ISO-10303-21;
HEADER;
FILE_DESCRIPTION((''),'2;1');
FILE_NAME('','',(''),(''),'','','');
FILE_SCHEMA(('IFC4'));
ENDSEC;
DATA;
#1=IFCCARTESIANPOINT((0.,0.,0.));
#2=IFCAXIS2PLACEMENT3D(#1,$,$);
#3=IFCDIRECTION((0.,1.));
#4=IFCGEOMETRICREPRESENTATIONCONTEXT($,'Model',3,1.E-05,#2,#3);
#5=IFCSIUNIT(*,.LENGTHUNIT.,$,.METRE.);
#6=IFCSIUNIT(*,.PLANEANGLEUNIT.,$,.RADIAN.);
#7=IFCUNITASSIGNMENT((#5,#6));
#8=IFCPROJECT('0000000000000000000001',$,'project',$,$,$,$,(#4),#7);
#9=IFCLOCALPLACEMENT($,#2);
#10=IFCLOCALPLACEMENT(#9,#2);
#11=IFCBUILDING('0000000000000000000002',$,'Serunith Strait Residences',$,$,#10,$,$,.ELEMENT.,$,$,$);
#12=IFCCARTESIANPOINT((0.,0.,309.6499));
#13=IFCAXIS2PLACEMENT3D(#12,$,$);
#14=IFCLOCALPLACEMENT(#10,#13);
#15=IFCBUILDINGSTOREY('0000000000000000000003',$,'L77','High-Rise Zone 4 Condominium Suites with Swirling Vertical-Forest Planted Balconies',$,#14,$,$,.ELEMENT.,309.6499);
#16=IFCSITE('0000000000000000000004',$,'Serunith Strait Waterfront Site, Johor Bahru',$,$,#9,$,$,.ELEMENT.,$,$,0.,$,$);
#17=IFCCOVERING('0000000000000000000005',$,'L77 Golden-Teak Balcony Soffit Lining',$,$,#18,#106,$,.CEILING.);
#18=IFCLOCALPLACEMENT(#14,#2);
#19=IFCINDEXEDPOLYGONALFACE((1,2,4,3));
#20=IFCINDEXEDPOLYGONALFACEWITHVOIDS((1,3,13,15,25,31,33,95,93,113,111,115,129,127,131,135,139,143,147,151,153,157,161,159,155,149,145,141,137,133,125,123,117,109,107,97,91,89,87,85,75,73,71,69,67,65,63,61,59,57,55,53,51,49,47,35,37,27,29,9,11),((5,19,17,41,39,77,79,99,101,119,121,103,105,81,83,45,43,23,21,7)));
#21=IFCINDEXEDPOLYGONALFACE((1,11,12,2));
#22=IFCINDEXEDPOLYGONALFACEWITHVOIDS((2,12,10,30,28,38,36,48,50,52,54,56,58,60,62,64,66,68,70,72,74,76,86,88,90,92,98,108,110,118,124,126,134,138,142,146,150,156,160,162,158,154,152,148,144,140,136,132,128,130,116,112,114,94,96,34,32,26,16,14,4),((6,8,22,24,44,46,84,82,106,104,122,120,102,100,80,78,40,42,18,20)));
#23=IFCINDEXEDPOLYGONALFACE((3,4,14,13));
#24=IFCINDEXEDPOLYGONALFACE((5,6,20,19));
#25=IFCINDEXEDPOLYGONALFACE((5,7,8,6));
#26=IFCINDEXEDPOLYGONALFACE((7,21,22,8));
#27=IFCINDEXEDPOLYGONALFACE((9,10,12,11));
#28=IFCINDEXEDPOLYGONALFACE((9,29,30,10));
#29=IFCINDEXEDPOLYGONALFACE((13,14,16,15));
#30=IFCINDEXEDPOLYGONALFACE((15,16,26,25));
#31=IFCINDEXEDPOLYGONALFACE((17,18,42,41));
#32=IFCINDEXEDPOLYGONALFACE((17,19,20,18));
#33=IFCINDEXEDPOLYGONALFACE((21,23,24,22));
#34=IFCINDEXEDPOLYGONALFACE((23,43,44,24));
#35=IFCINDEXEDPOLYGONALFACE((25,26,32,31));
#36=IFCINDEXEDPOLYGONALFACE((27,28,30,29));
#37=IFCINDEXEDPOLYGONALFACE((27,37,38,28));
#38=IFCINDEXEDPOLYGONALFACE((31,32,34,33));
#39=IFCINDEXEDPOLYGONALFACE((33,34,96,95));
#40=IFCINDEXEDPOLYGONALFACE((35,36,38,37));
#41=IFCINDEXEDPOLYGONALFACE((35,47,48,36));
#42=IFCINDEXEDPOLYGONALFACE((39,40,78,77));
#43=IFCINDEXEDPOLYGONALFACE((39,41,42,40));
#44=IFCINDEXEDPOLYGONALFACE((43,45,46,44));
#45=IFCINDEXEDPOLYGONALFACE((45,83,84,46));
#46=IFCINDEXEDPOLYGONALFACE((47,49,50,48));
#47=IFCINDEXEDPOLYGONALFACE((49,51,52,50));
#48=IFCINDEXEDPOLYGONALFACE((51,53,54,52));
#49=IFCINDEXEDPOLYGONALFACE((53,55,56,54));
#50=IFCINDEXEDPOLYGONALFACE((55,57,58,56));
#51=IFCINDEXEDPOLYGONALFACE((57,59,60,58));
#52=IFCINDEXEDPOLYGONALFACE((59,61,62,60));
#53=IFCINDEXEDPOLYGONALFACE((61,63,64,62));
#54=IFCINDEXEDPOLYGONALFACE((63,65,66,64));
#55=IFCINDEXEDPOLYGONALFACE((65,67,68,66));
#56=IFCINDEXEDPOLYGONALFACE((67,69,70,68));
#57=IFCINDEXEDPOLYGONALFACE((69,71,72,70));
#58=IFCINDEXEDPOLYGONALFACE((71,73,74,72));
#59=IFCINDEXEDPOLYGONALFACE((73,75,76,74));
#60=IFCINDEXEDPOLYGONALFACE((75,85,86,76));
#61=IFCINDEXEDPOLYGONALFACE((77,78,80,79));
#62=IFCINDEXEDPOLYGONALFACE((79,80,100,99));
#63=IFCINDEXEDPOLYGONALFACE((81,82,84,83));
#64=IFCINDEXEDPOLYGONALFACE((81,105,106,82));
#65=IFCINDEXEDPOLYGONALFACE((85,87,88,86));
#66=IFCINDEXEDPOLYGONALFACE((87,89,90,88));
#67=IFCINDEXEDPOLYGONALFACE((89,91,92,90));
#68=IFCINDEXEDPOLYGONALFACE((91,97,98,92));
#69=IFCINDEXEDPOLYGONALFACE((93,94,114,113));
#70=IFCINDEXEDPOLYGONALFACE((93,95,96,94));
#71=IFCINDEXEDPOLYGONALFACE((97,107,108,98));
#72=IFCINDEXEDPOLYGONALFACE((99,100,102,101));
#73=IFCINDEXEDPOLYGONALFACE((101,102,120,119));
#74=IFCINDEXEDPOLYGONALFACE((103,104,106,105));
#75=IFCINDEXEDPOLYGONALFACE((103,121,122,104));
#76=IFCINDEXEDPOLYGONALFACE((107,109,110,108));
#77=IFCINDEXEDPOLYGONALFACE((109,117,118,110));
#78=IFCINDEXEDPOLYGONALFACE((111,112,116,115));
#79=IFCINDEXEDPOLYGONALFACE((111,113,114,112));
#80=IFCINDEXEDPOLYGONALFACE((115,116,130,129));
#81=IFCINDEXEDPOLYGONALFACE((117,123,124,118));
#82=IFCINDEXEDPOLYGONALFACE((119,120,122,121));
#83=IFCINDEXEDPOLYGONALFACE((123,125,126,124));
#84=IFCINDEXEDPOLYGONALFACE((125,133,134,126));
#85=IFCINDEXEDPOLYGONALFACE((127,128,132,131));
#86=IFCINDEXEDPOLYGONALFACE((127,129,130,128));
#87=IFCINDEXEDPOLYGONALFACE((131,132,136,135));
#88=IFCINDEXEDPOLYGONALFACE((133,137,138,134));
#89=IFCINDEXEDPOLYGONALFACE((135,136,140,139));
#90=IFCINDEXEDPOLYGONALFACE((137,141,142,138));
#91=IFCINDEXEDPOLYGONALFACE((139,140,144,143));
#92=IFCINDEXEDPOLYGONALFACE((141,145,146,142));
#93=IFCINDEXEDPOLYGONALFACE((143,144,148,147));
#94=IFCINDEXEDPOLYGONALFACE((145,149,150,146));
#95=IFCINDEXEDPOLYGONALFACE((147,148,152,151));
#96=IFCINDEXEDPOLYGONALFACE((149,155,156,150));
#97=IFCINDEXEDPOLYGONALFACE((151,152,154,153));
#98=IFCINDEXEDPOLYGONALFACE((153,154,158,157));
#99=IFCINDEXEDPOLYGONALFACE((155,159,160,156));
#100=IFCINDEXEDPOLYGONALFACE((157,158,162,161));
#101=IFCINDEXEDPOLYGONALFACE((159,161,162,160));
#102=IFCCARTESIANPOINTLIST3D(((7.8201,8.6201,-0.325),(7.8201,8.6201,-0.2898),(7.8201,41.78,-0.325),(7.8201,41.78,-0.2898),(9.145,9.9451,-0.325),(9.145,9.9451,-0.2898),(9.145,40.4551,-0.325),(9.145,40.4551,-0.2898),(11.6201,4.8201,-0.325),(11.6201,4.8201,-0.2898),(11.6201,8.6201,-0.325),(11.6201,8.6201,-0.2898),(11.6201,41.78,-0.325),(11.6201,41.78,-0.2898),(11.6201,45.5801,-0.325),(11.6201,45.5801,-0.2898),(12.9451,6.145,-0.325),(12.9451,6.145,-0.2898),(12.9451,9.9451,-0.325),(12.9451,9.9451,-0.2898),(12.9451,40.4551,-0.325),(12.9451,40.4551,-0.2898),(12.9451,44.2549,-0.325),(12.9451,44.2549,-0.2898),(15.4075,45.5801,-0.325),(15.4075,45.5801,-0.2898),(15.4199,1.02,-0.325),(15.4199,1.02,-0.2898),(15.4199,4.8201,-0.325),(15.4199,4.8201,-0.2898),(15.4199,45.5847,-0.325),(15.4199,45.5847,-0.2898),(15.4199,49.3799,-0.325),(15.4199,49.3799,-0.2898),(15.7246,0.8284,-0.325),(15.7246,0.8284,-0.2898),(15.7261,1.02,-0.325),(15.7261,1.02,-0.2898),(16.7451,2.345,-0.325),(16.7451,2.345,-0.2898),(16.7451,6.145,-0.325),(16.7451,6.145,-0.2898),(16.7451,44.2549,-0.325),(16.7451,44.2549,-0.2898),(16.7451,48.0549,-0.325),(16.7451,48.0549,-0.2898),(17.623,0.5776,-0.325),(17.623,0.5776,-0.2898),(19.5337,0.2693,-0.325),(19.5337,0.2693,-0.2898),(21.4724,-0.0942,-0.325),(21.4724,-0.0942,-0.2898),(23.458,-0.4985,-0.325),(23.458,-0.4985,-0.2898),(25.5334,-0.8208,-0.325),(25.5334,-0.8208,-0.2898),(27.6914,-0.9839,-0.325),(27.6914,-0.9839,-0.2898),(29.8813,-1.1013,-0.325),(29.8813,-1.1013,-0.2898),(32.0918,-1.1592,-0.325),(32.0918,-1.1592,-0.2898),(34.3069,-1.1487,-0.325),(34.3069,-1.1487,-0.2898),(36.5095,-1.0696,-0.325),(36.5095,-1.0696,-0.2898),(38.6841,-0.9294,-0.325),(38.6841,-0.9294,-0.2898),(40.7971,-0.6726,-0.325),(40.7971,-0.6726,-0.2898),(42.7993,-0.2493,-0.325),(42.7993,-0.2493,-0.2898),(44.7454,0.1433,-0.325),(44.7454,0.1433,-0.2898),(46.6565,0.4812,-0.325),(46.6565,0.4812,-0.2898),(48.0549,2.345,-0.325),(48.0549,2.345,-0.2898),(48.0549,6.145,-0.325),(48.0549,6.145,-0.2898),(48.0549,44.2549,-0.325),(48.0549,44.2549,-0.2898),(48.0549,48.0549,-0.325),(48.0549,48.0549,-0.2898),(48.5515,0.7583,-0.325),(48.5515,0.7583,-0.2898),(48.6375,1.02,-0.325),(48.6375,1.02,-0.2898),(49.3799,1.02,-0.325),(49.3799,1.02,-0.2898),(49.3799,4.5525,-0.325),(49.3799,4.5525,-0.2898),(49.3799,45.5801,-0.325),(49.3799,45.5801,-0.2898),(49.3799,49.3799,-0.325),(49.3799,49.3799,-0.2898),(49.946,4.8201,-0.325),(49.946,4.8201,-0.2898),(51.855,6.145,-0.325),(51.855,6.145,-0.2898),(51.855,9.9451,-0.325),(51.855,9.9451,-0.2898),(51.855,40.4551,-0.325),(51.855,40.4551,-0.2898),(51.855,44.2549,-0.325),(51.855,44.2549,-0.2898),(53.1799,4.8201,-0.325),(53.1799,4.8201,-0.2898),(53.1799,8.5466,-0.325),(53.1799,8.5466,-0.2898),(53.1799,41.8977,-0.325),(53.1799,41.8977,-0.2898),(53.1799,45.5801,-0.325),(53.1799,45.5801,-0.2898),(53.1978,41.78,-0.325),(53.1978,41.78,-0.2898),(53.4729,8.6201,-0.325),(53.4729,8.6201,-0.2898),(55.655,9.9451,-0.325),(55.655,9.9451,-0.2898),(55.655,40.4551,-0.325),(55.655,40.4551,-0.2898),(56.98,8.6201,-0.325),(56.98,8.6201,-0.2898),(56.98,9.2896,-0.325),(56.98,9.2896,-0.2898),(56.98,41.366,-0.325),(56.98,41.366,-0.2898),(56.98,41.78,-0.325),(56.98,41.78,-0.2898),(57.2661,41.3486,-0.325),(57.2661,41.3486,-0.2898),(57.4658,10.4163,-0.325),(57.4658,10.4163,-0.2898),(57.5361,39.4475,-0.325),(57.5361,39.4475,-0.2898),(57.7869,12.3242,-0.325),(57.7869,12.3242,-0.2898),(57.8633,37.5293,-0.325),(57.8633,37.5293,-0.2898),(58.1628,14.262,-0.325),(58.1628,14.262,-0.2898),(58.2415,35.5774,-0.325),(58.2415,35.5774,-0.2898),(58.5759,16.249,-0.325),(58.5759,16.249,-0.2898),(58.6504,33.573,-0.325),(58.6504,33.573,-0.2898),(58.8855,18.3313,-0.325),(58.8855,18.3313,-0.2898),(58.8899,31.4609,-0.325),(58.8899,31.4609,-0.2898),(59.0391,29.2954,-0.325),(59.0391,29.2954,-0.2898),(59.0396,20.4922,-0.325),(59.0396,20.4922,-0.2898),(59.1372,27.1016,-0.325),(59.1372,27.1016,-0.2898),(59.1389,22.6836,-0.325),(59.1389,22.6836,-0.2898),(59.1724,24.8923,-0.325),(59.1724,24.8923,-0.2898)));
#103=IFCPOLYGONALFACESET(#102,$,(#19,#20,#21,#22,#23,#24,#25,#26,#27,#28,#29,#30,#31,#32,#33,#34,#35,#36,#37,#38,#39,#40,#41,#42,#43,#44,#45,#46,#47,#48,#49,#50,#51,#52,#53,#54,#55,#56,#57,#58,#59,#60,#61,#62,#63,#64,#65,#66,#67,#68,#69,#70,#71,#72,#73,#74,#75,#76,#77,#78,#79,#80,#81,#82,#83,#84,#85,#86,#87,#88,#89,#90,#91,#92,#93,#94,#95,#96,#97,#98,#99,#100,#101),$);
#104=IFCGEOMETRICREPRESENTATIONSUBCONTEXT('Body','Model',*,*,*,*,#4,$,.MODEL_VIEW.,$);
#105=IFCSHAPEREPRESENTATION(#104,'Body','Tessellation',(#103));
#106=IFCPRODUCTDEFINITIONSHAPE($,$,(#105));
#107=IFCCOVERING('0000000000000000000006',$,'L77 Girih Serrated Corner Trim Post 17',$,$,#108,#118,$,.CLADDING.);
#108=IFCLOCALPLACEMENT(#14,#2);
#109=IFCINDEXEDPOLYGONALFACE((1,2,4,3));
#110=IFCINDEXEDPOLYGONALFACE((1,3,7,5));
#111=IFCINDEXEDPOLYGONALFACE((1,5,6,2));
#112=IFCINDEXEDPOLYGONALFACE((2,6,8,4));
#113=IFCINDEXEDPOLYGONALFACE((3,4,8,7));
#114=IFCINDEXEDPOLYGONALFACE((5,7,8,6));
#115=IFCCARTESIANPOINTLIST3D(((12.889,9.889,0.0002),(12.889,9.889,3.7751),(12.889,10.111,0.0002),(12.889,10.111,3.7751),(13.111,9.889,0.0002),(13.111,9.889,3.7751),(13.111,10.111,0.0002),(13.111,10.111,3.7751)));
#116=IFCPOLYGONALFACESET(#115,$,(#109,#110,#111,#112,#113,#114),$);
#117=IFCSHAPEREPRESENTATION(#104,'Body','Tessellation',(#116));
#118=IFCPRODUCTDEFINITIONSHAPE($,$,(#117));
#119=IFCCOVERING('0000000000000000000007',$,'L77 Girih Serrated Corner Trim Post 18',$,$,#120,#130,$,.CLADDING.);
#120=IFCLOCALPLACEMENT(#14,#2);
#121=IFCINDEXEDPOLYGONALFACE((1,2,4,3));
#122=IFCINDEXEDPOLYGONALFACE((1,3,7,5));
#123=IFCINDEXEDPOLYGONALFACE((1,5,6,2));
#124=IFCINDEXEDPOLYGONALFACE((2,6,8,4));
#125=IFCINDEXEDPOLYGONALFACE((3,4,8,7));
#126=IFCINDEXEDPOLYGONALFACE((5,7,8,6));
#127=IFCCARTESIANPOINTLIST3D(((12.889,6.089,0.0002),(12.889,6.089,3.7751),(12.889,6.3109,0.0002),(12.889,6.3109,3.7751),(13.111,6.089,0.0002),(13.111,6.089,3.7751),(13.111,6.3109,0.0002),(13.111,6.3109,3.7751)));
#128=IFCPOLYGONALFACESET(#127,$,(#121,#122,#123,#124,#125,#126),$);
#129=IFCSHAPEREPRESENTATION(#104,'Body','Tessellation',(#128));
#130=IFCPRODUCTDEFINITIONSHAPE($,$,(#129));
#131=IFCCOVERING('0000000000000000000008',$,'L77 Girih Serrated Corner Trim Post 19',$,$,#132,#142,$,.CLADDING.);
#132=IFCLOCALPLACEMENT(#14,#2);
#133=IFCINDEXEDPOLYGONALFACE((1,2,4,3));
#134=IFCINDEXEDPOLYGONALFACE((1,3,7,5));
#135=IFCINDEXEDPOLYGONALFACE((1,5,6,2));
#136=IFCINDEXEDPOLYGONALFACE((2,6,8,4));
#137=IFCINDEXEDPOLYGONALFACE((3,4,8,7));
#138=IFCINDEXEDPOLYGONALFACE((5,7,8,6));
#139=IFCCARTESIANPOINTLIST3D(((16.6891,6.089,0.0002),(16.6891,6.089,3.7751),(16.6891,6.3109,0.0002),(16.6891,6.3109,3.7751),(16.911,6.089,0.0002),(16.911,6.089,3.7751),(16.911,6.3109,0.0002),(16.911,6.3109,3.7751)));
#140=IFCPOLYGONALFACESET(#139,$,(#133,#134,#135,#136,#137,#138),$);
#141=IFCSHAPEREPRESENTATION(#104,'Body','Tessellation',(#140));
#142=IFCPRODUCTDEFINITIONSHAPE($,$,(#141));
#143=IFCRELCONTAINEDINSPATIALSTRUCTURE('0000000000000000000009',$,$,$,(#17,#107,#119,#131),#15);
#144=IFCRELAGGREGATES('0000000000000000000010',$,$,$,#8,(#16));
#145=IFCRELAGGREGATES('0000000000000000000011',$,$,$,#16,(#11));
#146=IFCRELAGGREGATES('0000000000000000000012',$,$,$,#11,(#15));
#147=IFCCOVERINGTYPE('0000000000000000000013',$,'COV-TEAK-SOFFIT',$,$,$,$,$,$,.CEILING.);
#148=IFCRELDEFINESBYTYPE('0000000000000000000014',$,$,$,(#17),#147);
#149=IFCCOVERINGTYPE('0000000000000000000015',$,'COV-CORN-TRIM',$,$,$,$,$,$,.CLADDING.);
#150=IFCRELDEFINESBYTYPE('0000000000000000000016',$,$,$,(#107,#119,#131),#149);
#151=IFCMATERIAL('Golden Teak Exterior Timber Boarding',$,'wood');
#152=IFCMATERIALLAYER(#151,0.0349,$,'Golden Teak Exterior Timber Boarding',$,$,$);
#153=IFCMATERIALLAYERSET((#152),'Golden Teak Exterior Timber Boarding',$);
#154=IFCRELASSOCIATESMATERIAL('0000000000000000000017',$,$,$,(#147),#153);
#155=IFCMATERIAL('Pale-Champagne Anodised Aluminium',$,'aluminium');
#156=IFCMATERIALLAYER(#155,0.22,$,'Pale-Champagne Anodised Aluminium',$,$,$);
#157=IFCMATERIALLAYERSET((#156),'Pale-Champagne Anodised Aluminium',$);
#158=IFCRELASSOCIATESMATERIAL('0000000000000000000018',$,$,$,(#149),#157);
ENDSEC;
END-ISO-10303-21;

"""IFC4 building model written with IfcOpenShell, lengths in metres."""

from ifc_helpers import new_model, si_unit, direction, frame, origin, origin_2d, place, context, subcontext, project, spatial, polyline, rectangle, outline, extrude, source, transform, mapped, material, layer, layer_set, type_object, element, save


model = new_model("IFC4")

# Units and contexts
model_context = context("Model", 3, precision=1e-05, world=origin(), true_north=direction((0.0, 1.0)))
body_context = subcontext(model_context, "Body", "Model", "MODEL_VIEW")
ifc_project = project(units=[si_unit("LENGTHUNIT", "METRE"), si_unit("PLANEANGLEUNIT", "RADIAN")], contexts=[model_context])

# Site, building, storey
site_placement = place(None, origin())
site = spatial("IfcSite", under=ifc_project, at=site_placement, Name="Serunith Strait Waterfront Site, Johor Bahru", CompositionType="ELEMENT", RefElevation=0.0)
building_placement = place(site_placement, origin())
building = spatial("IfcBuilding", under=site, at=building_placement, Name="Serunith Strait Residences", CompositionType="ELEMENT")
storey_placement = place(building_placement, frame((0.0, 0.0, 309.6499)))
storey = spatial("IfcBuildingStorey", under=building, at=storey_placement, Name="L77", Description="High-Rise Zone 4 Condominium Suites with Swirling Vertical-Forest Planted Balconies", CompositionType="ELEMENT", Elevation=309.6499)

# Covering
ifc_material_1 = material(Name="Golden Teak Exterior Timber Boarding", Category="wood")
ifc_layer_1 = layer(ifc_material_1, 0.0349, Name="Golden Teak Exterior Timber Boarding")
ifc_layer_set_1 = layer_set([ifc_layer_1], Name="Golden Teak Exterior Timber Boarding")
covering_type_1 = type_object("IfcCoveringType", Name="COV-TEAK-SOFFIT", PredefinedType="CEILING", material=ifc_layer_set_1)
covering_placement = place(storey_placement, frame((0.0, 0.0, -0.325)))
element("IfcCovering", 1, at=covering_placement, inside=storey, type_object=covering_type_1, Name="L77 Golden-Teak Balcony Soffit Lining", PredefinedType="CEILING", context=body_context, shape_type="SweptSolid", body=[
    extrude(outline(polyline([(15.4199, 1.02), (15.4199, 4.8201), (11.6201, 4.8201), (11.6201, 8.6201), (7.8201, 8.6201), (7.8201, 41.78), (11.6201, 41.78), (11.6201, 45.5801), (15.4075, 45.5801), (15.4199, 45.5847), (15.4199, 49.3799), (49.3799, 49.3799), (49.3799, 45.5801), (53.1799, 45.5801), (53.1799, 41.8977), (53.1978, 41.78), (56.98, 41.78), (56.98, 41.366), (57.2661, 41.3486), (57.5361, 39.4475), (57.8633, 37.5293), (58.2415, 35.5774), (58.6504, 33.573), (58.8899, 31.4609), (59.0391, 29.2954), (59.1372, 27.1016), (59.1724, 24.8923), (59.1389, 22.6836), (59.0396, 20.4922), (58.8855, 18.3313), (58.5759, 16.249), (58.1628, 14.262), (57.7869, 12.3242), (57.4658, 10.4163), (56.98, 9.2896), (56.98, 8.6201), (53.4729, 8.6201), (53.1799, 8.5466), (53.1799, 4.8201), (49.946, 4.8201), (49.3799, 4.5525), (49.3799, 1.02), (48.6375, 1.02), (48.5515, 0.7583), (46.6565, 0.4812), (44.7454, 0.1433), (42.7993, -0.2493), (40.7971, -0.6726), (38.6841, -0.9294), (36.5095, -1.0696), (34.3069, -1.1487), (32.0918, -1.1592), (29.8813, -1.1013), (27.6914, -0.9839), (25.5334, -0.8208), (23.458, -0.4985), (21.4724, -0.0942), (19.5337, 0.2693), (17.623, 0.5776), (15.7246, 0.8284), (15.7261, 1.02), (15.4199, 1.02)]), holes=[polyline([(48.0549, 2.345), (48.0549, 6.145), (51.855, 6.145), (51.855, 9.9451), (55.655, 9.9451), (55.655, 40.4551), (51.855, 40.4551), (51.855, 44.2549), (48.0549, 44.2549), (48.0549, 48.0549), (16.7451, 48.0549), (16.7451, 44.2549), (12.9451, 44.2549), (12.9451, 40.4551), (9.145, 40.4551), (9.145, 9.9451), (12.9451, 9.9451), (12.9451, 6.145), (16.7451, 6.145), (16.7451, 2.345), (48.0549, 2.345)])]), origin(), (0.0, 0.0, 1.0), 0.0352),
])

# Coverings
ifc_material_2 = material(Name="Pale-Champagne Anodised Aluminium", Category="aluminium")
ifc_layer_2 = layer(ifc_material_2, 0.22, Name="Pale-Champagne Anodised Aluminium")
ifc_layer_set_2 = layer_set([ifc_layer_2], Name="Pale-Champagne Anodised Aluminium")
covering_type_2 = type_object("IfcCoveringType", Name="COV-CORN-TRIM", PredefinedType="CLADDING", material=ifc_layer_set_2)
shared_shape_1 = source(origin(), body_context, "Body", "SweptSolid", [
    extrude(rectangle(XDim=0.2219, YDim=0.2219, at=origin_2d()), origin(), (0.0, 0.0, 1.0), 3.7749),
])
for number, where, z_axis, x_axis, name in (
    (2, (13.0, 10.0, 0.0002), (0.0, 0.0, 1.0), (1.0, 0.0, 0.0), "L77 Girih Serrated Corner Trim Post 17"),
    (3, (13.0, 6.2, 0.0002), (0.0, 0.0, 1.0), (1.0, 0.0, 0.0), "L77 Girih Serrated Corner Trim Post 18"),
    (4, (16.8, 6.2, 0.0002), (0.0, 0.0, 1.0), (1.0, 0.0, 0.0), "L77 Girih Serrated Corner Trim Post 19"),
):
    element("IfcCovering", number, at=place(storey_placement, frame(where, z_axis=z_axis, x_axis=x_axis)), inside=storey, type_object=covering_type_2, Name=name, PredefinedType="CLADDING", context=body_context, shape_type="MappedRepresentation", body=[
        mapped(shared_shape_1, transform((0.0, 0.0, 0.0), scale=1.0)),
    ])

save(model, "model.ifc")
